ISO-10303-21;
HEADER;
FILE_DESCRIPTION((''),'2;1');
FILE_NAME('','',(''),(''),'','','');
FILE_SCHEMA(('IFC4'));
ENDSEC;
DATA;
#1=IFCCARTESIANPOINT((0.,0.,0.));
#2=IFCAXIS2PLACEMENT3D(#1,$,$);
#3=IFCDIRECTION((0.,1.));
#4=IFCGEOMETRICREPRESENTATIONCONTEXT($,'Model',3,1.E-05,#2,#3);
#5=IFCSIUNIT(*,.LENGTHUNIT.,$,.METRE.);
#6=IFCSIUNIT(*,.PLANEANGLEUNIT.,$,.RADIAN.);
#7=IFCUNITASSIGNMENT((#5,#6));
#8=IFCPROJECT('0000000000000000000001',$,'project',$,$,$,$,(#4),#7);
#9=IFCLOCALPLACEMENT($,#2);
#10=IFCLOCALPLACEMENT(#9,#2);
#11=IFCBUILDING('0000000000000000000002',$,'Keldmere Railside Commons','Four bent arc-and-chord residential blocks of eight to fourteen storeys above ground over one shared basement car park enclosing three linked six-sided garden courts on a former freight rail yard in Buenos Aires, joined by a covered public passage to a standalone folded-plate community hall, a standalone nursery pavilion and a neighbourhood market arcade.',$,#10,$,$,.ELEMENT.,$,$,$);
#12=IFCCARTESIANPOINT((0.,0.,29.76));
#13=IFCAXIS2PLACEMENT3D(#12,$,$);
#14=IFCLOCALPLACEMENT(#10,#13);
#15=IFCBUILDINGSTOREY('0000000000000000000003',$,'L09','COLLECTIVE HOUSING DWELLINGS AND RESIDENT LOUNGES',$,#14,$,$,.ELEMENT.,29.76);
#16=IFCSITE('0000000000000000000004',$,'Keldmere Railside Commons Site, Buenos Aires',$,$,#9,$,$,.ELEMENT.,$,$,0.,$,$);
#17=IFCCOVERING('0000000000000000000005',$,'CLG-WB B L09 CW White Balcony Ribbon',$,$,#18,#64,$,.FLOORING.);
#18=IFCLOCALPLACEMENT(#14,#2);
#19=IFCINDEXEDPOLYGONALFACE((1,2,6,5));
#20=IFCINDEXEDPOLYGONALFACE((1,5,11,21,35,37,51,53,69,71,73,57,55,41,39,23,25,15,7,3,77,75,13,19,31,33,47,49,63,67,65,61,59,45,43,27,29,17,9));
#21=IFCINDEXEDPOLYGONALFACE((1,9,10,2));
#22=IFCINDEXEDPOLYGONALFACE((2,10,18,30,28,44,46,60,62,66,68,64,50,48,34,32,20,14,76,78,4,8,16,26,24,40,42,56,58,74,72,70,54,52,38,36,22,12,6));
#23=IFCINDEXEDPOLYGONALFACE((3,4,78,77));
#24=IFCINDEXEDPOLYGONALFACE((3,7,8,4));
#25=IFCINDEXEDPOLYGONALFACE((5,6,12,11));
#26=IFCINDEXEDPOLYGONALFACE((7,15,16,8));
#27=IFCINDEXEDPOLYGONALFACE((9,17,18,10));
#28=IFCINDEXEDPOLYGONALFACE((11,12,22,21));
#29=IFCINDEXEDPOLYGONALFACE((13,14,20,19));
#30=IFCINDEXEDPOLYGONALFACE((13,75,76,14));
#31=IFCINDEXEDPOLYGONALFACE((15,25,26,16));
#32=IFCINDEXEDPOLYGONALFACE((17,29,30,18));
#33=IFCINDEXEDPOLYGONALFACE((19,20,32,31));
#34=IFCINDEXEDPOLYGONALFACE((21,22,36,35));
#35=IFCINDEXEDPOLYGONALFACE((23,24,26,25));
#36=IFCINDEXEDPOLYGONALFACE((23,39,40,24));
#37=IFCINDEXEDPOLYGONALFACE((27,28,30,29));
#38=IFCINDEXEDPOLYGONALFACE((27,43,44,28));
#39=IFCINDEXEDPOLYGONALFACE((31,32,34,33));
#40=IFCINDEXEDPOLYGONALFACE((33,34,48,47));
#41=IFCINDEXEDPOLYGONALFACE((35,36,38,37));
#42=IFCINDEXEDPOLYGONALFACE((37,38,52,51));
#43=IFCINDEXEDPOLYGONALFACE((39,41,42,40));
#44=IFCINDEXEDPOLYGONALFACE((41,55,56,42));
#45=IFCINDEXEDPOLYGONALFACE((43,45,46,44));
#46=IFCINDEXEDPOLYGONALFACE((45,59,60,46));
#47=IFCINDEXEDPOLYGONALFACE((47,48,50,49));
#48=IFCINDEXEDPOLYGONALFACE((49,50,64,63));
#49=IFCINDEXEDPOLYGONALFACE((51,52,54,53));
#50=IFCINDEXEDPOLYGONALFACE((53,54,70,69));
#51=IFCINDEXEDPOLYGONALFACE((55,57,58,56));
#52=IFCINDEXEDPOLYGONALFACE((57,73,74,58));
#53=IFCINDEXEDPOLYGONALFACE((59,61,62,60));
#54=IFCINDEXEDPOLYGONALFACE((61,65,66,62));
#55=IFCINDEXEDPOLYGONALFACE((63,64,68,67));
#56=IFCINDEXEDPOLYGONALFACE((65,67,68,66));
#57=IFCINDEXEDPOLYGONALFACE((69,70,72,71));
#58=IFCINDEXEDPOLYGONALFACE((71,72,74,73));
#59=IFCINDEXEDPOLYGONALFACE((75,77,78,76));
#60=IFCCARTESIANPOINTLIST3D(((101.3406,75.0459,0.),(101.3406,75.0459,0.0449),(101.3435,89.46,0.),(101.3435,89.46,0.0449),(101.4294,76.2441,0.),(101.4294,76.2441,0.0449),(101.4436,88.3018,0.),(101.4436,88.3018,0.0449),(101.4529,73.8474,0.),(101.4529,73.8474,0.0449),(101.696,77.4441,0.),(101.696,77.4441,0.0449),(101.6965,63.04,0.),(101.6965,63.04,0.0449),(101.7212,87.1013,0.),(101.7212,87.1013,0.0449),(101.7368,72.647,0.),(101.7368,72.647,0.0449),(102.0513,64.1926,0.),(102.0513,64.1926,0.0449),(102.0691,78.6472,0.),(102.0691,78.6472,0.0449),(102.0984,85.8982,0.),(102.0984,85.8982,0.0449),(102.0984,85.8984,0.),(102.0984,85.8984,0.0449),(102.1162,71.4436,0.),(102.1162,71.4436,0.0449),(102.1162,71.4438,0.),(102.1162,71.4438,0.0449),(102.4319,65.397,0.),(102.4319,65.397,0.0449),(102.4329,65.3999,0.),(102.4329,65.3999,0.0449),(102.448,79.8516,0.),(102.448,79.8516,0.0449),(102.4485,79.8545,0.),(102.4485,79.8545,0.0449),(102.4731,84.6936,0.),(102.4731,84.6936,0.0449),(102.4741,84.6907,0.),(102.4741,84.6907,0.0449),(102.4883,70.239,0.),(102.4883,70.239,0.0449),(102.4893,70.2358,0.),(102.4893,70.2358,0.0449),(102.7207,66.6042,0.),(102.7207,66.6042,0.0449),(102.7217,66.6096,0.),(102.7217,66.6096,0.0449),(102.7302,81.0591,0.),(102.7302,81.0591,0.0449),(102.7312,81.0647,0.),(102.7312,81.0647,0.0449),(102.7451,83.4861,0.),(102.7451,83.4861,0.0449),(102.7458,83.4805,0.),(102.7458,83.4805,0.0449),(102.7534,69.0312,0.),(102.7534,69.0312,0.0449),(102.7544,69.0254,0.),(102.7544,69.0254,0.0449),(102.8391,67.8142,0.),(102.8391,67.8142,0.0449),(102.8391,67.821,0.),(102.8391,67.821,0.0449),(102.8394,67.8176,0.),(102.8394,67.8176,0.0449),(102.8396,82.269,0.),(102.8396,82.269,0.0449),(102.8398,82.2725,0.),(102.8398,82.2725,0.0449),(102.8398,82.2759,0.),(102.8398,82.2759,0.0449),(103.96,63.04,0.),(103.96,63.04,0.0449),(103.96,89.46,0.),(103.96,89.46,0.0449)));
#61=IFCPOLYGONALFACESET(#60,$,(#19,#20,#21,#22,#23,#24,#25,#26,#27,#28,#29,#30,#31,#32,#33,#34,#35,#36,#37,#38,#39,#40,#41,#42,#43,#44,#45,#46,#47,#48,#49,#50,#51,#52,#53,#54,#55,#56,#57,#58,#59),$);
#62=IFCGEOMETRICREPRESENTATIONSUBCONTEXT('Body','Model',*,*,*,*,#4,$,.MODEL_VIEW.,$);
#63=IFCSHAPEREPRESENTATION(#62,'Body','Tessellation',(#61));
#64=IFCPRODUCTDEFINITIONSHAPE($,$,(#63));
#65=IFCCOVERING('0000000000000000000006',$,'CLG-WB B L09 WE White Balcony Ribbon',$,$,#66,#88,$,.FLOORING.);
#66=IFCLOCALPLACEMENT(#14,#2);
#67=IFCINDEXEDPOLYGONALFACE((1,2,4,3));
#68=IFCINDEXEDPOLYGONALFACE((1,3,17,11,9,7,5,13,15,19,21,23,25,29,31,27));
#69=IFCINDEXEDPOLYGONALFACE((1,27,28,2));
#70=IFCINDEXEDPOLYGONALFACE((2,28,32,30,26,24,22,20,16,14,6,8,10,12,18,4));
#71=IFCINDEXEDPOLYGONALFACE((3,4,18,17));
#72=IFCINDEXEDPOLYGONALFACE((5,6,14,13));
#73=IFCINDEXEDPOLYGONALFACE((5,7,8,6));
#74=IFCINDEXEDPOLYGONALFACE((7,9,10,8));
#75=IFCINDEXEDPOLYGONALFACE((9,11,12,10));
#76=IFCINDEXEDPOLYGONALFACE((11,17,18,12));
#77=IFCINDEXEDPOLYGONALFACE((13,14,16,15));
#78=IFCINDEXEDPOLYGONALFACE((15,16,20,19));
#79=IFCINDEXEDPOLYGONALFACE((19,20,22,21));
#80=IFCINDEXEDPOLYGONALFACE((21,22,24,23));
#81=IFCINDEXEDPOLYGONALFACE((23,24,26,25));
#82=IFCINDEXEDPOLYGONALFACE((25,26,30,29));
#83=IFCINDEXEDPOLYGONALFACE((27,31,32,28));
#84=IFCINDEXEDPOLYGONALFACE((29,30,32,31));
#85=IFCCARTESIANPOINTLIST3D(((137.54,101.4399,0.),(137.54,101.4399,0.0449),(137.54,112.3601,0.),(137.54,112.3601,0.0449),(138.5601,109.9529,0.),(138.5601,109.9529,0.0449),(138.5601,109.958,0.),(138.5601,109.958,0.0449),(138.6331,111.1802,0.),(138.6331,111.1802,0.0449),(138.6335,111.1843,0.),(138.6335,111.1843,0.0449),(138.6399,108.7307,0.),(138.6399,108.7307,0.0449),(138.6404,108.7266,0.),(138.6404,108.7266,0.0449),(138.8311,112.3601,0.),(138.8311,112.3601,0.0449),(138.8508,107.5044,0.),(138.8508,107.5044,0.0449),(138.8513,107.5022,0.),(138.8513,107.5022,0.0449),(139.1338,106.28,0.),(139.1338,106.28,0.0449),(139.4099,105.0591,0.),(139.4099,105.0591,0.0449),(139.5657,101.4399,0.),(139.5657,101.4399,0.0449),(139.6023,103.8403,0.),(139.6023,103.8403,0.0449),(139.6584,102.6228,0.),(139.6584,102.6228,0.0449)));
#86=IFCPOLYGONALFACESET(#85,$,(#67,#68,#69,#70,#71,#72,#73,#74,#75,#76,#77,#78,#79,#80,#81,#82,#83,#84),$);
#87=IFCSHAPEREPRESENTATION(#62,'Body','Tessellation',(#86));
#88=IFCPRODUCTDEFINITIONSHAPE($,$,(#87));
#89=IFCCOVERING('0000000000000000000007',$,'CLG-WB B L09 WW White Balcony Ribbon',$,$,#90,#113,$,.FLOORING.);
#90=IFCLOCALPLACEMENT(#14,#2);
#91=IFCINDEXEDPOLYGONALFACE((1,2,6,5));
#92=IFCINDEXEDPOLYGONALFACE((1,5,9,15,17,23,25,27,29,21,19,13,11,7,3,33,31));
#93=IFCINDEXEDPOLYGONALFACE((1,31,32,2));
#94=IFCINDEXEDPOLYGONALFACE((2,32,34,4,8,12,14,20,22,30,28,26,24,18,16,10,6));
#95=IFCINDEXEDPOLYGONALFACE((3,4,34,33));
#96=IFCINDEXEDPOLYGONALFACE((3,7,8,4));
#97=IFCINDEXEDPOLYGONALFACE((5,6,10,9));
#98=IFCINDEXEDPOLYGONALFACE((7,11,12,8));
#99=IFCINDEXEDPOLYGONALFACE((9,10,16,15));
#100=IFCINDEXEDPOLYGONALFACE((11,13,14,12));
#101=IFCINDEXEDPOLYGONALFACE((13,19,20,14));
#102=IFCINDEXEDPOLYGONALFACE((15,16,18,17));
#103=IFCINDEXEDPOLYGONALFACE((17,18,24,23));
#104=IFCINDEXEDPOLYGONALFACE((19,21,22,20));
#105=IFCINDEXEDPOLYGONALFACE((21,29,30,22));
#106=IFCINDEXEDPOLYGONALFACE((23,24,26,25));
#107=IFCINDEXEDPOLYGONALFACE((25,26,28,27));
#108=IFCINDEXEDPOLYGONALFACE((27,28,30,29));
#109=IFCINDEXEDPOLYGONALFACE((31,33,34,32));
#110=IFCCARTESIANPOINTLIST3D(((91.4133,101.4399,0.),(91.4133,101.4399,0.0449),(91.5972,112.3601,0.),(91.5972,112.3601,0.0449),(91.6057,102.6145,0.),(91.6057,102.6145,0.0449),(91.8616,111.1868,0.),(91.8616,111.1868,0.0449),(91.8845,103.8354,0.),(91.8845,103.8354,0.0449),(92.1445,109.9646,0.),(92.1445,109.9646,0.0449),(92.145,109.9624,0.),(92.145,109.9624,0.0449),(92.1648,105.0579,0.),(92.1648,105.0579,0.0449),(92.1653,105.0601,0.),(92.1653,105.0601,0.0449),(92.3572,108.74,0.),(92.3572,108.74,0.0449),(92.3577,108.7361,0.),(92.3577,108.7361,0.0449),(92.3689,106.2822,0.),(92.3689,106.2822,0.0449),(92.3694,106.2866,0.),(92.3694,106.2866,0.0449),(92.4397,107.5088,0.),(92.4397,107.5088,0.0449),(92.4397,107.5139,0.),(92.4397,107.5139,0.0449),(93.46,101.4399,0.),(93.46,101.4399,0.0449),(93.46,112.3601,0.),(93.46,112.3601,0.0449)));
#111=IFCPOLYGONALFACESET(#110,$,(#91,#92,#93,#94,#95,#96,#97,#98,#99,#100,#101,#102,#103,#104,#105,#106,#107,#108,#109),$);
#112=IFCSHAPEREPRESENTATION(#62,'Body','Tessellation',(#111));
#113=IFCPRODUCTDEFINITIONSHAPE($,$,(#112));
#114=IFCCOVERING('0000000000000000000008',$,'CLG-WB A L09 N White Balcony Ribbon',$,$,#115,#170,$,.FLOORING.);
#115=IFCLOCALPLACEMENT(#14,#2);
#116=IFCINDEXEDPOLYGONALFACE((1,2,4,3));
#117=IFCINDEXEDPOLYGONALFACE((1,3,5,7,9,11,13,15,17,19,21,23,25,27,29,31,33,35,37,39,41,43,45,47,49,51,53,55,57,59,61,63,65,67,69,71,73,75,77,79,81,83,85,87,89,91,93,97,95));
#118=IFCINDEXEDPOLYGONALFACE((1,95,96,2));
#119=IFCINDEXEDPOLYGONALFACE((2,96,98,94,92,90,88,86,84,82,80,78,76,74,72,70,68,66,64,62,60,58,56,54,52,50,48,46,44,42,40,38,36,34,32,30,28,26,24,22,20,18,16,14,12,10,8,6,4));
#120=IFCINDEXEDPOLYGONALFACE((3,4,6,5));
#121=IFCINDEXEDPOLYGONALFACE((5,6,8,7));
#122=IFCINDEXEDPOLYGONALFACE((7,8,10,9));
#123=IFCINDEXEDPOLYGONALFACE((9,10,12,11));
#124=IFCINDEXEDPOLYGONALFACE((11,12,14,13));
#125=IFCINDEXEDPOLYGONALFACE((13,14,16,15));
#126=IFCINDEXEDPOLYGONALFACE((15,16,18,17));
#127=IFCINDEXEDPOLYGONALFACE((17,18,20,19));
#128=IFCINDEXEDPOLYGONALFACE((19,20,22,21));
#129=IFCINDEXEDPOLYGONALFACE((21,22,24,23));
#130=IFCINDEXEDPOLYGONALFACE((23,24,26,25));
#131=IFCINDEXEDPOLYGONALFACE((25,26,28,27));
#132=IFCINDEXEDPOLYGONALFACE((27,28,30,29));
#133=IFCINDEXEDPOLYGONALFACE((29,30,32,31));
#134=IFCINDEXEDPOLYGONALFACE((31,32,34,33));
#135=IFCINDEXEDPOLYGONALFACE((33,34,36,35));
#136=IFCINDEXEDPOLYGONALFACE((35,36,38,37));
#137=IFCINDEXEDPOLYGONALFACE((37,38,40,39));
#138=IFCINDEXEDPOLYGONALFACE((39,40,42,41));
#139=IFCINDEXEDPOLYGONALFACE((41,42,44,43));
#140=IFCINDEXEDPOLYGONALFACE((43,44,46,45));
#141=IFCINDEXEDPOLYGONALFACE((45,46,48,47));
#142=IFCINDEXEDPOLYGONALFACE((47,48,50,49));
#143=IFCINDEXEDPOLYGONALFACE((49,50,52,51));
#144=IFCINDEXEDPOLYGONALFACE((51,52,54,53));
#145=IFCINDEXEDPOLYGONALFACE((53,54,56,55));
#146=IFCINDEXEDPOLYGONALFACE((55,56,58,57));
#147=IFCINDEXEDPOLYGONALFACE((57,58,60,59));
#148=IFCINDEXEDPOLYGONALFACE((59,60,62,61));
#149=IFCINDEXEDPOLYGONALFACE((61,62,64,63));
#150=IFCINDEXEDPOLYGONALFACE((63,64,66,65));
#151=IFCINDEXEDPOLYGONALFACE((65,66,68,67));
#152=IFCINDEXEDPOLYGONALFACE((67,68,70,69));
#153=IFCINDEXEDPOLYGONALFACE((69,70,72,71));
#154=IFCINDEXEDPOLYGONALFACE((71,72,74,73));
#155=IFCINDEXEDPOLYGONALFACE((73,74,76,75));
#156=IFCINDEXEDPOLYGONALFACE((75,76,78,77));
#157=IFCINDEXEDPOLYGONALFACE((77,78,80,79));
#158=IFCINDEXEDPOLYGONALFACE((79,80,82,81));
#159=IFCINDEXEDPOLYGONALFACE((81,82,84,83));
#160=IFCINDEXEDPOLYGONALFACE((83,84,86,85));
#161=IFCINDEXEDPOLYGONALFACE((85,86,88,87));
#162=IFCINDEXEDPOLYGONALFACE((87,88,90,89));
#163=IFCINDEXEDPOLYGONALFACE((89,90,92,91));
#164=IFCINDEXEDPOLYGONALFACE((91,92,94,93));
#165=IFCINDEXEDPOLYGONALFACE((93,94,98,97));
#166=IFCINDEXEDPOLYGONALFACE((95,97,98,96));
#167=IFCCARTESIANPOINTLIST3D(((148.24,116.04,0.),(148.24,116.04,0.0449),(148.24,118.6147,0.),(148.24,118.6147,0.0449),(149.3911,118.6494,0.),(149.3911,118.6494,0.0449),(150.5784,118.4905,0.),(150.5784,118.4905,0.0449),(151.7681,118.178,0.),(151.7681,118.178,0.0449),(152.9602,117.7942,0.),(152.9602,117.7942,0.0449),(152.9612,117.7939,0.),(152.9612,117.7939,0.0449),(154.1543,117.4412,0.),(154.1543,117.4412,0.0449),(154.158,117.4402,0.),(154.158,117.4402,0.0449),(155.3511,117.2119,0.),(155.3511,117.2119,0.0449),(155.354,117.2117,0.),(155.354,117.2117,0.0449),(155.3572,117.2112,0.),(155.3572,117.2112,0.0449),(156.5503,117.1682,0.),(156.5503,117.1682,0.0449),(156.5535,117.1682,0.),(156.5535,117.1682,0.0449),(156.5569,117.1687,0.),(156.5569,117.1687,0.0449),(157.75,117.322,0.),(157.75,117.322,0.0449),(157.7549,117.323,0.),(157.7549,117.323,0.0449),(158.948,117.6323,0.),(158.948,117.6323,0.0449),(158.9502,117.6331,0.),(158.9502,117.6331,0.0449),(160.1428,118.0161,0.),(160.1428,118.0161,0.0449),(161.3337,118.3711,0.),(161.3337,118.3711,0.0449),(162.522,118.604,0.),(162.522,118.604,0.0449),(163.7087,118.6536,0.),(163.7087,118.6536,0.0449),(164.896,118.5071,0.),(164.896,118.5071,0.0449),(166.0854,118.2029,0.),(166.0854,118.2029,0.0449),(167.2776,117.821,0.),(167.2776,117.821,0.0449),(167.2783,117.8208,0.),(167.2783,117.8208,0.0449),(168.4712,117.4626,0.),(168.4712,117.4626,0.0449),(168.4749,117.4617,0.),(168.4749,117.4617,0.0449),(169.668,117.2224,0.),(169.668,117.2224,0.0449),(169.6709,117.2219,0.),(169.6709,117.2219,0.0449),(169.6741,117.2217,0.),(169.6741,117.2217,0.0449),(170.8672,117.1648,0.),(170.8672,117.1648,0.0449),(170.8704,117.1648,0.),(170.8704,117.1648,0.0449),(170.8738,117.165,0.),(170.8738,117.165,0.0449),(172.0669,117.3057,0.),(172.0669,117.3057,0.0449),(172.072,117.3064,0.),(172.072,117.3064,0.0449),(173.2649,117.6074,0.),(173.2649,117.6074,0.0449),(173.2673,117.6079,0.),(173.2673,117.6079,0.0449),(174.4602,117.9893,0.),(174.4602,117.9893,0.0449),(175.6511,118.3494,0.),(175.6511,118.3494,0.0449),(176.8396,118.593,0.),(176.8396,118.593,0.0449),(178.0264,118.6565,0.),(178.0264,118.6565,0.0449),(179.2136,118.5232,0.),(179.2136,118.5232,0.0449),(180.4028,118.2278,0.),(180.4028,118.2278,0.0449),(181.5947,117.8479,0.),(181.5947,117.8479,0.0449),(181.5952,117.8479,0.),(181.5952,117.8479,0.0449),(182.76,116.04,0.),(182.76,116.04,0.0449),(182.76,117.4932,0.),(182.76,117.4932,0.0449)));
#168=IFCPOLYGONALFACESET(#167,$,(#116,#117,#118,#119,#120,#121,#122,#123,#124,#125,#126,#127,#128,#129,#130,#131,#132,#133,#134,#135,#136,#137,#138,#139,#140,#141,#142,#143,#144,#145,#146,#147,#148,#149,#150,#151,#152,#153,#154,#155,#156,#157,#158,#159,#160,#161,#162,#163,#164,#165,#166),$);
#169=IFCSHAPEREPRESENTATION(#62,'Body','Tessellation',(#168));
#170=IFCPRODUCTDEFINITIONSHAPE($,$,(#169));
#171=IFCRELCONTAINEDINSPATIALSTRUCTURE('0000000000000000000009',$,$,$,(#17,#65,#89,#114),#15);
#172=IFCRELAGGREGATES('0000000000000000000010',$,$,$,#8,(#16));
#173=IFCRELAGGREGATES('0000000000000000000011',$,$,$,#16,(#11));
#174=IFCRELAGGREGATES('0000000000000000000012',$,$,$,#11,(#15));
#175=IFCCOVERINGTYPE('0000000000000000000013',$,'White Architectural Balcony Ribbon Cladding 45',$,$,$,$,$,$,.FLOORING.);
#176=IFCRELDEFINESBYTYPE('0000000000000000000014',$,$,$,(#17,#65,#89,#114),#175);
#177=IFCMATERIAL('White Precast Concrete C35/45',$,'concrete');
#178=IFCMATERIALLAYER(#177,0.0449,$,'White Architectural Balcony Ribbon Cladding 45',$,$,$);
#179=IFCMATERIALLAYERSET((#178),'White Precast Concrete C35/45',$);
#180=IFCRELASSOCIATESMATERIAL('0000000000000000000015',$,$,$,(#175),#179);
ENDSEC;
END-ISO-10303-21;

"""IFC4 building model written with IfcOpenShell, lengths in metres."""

from ifc_helpers import new_model, si_unit, direction, frame, origin, place, context, subcontext, project, spatial, polyline, outline, extrude, material, layer, layer_set, type_object, element, save


model = new_model("IFC4")

# Units and contexts
model_context = context("Model", 3, precision=1e-05, world=origin(), true_north=direction((0.0, 1.0)))
body_context = subcontext(model_context, "Body", "Model", "MODEL_VIEW")
ifc_project = project(units=[si_unit("LENGTHUNIT", "METRE"), si_unit("PLANEANGLEUNIT", "RADIAN")], contexts=[model_context])

# Site, building, storey
site_placement = place(None, origin())
site = spatial("IfcSite", under=ifc_project, at=site_placement, Name="Keldmere Railside Commons Site, Buenos Aires", CompositionType="ELEMENT", RefElevation=0.0)
building_placement = place(site_placement, origin())
building = spatial("IfcBuilding", under=site, at=building_placement, Name="Keldmere Railside Commons", Description="Four bent arc-and-chord residential blocks of eight to fourteen storeys above ground over one shared basement car park enclosing three linked six-sided garden courts on a former freight rail yard in Buenos Aires, joined by a covered public passage to a standalone folded-plate community hall, a standalone nursery pavilion and a neighbourhood market arcade.", CompositionType="ELEMENT")
storey_placement = place(building_placement, frame((0.0, 0.0, 29.76)))
storey = spatial("IfcBuildingStorey", under=building, at=storey_placement, Name="L09", Description="COLLECTIVE HOUSING DWELLINGS AND RESIDENT LOUNGES", CompositionType="ELEMENT", Elevation=29.76)

# Coverings
ifc_material_1 = material(Name="White Precast Concrete C35/45", Category="concrete")
ifc_layer_1 = layer(ifc_material_1, 0.0449, Name="White Architectural Balcony Ribbon Cladding 45")
ifc_layer_set_1 = layer_set([ifc_layer_1], Name="White Precast Concrete C35/45")
covering_type = type_object("IfcCoveringType", Name="White Architectural Balcony Ribbon Cladding 45", PredefinedType="FLOORING", material=ifc_layer_set_1)
covering_1_placement = place(storey_placement, origin())
element("IfcCovering", 1, at=covering_1_placement, inside=storey, type_object=covering_type, Name="CLG-WB B L09 CW White Balcony Ribbon", PredefinedType="FLOORING", context=body_context, shape_type="SweptSolid", body=[
    extrude(outline(polyline([(103.96, 89.46), (101.3435, 89.46), (101.4436, 88.3018), (101.7212, 87.1013), (102.0984, 85.8984), (102.0984, 85.8982), (102.4731, 84.6936), (102.4741, 84.6907), (102.7451, 83.4861), (102.7458, 83.4805), (102.8398, 82.2759), (102.8398, 82.2725), (102.8396, 82.269), (102.7312, 81.0647), (102.7302, 81.0591), (102.4485, 79.8545), (102.448, 79.8516), (102.0691, 78.6472), (101.696, 77.4441), (101.4294, 76.2441), (101.3406, 75.0459), (101.4529, 73.8474), (101.7368, 72.647), (102.1162, 71.4438), (102.1162, 71.4436), (102.4883, 70.239), (102.4893, 70.2358), (102.7534, 69.0312), (102.7544, 69.0254), (102.8391, 67.821), (102.8394, 67.8176), (102.8391, 67.8142), (102.7217, 66.6096), (102.7207, 66.6042), (102.4329, 65.3999), (102.4319, 65.397), (102.0513, 64.1926), (101.6965, 63.04), (103.96, 63.04), (103.96, 89.46)])), origin(), (0.0, 0.0, 1.0), 0.0449),
])
covering_2_placement = place(storey_placement, origin())
element("IfcCovering", 2, at=covering_2_placement, inside=storey, type_object=covering_type, Name="CLG-WB B L09 WE White Balcony Ribbon", PredefinedType="FLOORING", context=body_context, shape_type="SweptSolid", body=[
    extrude(outline(polyline([(139.6584, 102.6228), (139.6023, 103.8403), (139.4099, 105.0591), (139.1338, 106.28), (138.8513, 107.5022), (138.8508, 107.5044), (138.6404, 108.7266), (138.6399, 108.7307), (138.5601, 109.9529), (138.5601, 109.958), (138.6331, 111.1802), (138.6335, 111.1843), (138.8311, 112.3601), (137.54, 112.3601), (137.54, 101.4399), (139.5657, 101.4399), (139.6584, 102.6228)])), origin(), (0.0, 0.0, 1.0), 0.0449),
])
covering_3_placement = place(storey_placement, origin())
element("IfcCovering", 3, at=covering_3_placement, inside=storey, type_object=covering_type, Name="CLG-WB B L09 WW White Balcony Ribbon", PredefinedType="FLOORING", context=body_context, shape_type="SweptSolid", body=[
    extrude(outline(polyline([(93.46, 112.3601), (91.5972, 112.3601), (91.8616, 111.1868), (92.1445, 109.9646), (92.145, 109.9624), (92.3572, 108.74), (92.3577, 108.7361), (92.4397, 107.5139), (92.4397, 107.5088), (92.3694, 106.2866), (92.3689, 106.2822), (92.1653, 105.0601), (92.1648, 105.0579), (91.8845, 103.8354), (91.6057, 102.6145), (91.4133, 101.4399), (93.46, 101.4399), (93.46, 112.3601)])), origin(), (0.0, 0.0, 1.0), 0.0449),
])
covering_4_placement = place(storey_placement, origin())
element("IfcCovering", 4, at=covering_4_placement, inside=storey, type_object=covering_type, Name="CLG-WB A L09 N White Balcony Ribbon", PredefinedType="FLOORING", context=body_context, shape_type="SweptSolid", body=[
    extrude(outline(polyline([(182.76, 116.04), (182.76, 117.4932), (181.5952, 117.8479), (181.5947, 117.8479), (180.4028, 118.2278), (179.2136, 118.5232), (178.0264, 118.6565), (176.8396, 118.593), (175.6511, 118.3494), (174.4602, 117.9893), (173.2673, 117.6079), (173.2649, 117.6074), (172.072, 117.3064), (172.0669, 117.3057), (170.8738, 117.165), (170.8704, 117.1648), (170.8672, 117.1648), (169.6741, 117.2217), (169.6709, 117.2219), (169.668, 117.2224), (168.4749, 117.4617), (168.4712, 117.4626), (167.2783, 117.8208), (167.2776, 117.821), (166.0854, 118.2029), (164.896, 118.5071), (163.7087, 118.6536), (162.522, 118.604), (161.3337, 118.3711), (160.1428, 118.0161), (158.9502, 117.6331), (158.948, 117.6323), (157.7549, 117.323), (157.75, 117.322), (156.5569, 117.1687), (156.5535, 117.1682), (156.5503, 117.1682), (155.3572, 117.2112), (155.354, 117.2117), (155.3511, 117.2119), (154.158, 117.4402), (154.1543, 117.4412), (152.9612, 117.7939), (152.9602, 117.7942), (151.7681, 118.178), (150.5784, 118.4905), (149.3911, 118.6494), (148.24, 118.6147), (148.24, 116.04), (182.76, 116.04)])), origin(), (0.0, 0.0, 1.0), 0.0449),
])

save(model, "model.ifc")
